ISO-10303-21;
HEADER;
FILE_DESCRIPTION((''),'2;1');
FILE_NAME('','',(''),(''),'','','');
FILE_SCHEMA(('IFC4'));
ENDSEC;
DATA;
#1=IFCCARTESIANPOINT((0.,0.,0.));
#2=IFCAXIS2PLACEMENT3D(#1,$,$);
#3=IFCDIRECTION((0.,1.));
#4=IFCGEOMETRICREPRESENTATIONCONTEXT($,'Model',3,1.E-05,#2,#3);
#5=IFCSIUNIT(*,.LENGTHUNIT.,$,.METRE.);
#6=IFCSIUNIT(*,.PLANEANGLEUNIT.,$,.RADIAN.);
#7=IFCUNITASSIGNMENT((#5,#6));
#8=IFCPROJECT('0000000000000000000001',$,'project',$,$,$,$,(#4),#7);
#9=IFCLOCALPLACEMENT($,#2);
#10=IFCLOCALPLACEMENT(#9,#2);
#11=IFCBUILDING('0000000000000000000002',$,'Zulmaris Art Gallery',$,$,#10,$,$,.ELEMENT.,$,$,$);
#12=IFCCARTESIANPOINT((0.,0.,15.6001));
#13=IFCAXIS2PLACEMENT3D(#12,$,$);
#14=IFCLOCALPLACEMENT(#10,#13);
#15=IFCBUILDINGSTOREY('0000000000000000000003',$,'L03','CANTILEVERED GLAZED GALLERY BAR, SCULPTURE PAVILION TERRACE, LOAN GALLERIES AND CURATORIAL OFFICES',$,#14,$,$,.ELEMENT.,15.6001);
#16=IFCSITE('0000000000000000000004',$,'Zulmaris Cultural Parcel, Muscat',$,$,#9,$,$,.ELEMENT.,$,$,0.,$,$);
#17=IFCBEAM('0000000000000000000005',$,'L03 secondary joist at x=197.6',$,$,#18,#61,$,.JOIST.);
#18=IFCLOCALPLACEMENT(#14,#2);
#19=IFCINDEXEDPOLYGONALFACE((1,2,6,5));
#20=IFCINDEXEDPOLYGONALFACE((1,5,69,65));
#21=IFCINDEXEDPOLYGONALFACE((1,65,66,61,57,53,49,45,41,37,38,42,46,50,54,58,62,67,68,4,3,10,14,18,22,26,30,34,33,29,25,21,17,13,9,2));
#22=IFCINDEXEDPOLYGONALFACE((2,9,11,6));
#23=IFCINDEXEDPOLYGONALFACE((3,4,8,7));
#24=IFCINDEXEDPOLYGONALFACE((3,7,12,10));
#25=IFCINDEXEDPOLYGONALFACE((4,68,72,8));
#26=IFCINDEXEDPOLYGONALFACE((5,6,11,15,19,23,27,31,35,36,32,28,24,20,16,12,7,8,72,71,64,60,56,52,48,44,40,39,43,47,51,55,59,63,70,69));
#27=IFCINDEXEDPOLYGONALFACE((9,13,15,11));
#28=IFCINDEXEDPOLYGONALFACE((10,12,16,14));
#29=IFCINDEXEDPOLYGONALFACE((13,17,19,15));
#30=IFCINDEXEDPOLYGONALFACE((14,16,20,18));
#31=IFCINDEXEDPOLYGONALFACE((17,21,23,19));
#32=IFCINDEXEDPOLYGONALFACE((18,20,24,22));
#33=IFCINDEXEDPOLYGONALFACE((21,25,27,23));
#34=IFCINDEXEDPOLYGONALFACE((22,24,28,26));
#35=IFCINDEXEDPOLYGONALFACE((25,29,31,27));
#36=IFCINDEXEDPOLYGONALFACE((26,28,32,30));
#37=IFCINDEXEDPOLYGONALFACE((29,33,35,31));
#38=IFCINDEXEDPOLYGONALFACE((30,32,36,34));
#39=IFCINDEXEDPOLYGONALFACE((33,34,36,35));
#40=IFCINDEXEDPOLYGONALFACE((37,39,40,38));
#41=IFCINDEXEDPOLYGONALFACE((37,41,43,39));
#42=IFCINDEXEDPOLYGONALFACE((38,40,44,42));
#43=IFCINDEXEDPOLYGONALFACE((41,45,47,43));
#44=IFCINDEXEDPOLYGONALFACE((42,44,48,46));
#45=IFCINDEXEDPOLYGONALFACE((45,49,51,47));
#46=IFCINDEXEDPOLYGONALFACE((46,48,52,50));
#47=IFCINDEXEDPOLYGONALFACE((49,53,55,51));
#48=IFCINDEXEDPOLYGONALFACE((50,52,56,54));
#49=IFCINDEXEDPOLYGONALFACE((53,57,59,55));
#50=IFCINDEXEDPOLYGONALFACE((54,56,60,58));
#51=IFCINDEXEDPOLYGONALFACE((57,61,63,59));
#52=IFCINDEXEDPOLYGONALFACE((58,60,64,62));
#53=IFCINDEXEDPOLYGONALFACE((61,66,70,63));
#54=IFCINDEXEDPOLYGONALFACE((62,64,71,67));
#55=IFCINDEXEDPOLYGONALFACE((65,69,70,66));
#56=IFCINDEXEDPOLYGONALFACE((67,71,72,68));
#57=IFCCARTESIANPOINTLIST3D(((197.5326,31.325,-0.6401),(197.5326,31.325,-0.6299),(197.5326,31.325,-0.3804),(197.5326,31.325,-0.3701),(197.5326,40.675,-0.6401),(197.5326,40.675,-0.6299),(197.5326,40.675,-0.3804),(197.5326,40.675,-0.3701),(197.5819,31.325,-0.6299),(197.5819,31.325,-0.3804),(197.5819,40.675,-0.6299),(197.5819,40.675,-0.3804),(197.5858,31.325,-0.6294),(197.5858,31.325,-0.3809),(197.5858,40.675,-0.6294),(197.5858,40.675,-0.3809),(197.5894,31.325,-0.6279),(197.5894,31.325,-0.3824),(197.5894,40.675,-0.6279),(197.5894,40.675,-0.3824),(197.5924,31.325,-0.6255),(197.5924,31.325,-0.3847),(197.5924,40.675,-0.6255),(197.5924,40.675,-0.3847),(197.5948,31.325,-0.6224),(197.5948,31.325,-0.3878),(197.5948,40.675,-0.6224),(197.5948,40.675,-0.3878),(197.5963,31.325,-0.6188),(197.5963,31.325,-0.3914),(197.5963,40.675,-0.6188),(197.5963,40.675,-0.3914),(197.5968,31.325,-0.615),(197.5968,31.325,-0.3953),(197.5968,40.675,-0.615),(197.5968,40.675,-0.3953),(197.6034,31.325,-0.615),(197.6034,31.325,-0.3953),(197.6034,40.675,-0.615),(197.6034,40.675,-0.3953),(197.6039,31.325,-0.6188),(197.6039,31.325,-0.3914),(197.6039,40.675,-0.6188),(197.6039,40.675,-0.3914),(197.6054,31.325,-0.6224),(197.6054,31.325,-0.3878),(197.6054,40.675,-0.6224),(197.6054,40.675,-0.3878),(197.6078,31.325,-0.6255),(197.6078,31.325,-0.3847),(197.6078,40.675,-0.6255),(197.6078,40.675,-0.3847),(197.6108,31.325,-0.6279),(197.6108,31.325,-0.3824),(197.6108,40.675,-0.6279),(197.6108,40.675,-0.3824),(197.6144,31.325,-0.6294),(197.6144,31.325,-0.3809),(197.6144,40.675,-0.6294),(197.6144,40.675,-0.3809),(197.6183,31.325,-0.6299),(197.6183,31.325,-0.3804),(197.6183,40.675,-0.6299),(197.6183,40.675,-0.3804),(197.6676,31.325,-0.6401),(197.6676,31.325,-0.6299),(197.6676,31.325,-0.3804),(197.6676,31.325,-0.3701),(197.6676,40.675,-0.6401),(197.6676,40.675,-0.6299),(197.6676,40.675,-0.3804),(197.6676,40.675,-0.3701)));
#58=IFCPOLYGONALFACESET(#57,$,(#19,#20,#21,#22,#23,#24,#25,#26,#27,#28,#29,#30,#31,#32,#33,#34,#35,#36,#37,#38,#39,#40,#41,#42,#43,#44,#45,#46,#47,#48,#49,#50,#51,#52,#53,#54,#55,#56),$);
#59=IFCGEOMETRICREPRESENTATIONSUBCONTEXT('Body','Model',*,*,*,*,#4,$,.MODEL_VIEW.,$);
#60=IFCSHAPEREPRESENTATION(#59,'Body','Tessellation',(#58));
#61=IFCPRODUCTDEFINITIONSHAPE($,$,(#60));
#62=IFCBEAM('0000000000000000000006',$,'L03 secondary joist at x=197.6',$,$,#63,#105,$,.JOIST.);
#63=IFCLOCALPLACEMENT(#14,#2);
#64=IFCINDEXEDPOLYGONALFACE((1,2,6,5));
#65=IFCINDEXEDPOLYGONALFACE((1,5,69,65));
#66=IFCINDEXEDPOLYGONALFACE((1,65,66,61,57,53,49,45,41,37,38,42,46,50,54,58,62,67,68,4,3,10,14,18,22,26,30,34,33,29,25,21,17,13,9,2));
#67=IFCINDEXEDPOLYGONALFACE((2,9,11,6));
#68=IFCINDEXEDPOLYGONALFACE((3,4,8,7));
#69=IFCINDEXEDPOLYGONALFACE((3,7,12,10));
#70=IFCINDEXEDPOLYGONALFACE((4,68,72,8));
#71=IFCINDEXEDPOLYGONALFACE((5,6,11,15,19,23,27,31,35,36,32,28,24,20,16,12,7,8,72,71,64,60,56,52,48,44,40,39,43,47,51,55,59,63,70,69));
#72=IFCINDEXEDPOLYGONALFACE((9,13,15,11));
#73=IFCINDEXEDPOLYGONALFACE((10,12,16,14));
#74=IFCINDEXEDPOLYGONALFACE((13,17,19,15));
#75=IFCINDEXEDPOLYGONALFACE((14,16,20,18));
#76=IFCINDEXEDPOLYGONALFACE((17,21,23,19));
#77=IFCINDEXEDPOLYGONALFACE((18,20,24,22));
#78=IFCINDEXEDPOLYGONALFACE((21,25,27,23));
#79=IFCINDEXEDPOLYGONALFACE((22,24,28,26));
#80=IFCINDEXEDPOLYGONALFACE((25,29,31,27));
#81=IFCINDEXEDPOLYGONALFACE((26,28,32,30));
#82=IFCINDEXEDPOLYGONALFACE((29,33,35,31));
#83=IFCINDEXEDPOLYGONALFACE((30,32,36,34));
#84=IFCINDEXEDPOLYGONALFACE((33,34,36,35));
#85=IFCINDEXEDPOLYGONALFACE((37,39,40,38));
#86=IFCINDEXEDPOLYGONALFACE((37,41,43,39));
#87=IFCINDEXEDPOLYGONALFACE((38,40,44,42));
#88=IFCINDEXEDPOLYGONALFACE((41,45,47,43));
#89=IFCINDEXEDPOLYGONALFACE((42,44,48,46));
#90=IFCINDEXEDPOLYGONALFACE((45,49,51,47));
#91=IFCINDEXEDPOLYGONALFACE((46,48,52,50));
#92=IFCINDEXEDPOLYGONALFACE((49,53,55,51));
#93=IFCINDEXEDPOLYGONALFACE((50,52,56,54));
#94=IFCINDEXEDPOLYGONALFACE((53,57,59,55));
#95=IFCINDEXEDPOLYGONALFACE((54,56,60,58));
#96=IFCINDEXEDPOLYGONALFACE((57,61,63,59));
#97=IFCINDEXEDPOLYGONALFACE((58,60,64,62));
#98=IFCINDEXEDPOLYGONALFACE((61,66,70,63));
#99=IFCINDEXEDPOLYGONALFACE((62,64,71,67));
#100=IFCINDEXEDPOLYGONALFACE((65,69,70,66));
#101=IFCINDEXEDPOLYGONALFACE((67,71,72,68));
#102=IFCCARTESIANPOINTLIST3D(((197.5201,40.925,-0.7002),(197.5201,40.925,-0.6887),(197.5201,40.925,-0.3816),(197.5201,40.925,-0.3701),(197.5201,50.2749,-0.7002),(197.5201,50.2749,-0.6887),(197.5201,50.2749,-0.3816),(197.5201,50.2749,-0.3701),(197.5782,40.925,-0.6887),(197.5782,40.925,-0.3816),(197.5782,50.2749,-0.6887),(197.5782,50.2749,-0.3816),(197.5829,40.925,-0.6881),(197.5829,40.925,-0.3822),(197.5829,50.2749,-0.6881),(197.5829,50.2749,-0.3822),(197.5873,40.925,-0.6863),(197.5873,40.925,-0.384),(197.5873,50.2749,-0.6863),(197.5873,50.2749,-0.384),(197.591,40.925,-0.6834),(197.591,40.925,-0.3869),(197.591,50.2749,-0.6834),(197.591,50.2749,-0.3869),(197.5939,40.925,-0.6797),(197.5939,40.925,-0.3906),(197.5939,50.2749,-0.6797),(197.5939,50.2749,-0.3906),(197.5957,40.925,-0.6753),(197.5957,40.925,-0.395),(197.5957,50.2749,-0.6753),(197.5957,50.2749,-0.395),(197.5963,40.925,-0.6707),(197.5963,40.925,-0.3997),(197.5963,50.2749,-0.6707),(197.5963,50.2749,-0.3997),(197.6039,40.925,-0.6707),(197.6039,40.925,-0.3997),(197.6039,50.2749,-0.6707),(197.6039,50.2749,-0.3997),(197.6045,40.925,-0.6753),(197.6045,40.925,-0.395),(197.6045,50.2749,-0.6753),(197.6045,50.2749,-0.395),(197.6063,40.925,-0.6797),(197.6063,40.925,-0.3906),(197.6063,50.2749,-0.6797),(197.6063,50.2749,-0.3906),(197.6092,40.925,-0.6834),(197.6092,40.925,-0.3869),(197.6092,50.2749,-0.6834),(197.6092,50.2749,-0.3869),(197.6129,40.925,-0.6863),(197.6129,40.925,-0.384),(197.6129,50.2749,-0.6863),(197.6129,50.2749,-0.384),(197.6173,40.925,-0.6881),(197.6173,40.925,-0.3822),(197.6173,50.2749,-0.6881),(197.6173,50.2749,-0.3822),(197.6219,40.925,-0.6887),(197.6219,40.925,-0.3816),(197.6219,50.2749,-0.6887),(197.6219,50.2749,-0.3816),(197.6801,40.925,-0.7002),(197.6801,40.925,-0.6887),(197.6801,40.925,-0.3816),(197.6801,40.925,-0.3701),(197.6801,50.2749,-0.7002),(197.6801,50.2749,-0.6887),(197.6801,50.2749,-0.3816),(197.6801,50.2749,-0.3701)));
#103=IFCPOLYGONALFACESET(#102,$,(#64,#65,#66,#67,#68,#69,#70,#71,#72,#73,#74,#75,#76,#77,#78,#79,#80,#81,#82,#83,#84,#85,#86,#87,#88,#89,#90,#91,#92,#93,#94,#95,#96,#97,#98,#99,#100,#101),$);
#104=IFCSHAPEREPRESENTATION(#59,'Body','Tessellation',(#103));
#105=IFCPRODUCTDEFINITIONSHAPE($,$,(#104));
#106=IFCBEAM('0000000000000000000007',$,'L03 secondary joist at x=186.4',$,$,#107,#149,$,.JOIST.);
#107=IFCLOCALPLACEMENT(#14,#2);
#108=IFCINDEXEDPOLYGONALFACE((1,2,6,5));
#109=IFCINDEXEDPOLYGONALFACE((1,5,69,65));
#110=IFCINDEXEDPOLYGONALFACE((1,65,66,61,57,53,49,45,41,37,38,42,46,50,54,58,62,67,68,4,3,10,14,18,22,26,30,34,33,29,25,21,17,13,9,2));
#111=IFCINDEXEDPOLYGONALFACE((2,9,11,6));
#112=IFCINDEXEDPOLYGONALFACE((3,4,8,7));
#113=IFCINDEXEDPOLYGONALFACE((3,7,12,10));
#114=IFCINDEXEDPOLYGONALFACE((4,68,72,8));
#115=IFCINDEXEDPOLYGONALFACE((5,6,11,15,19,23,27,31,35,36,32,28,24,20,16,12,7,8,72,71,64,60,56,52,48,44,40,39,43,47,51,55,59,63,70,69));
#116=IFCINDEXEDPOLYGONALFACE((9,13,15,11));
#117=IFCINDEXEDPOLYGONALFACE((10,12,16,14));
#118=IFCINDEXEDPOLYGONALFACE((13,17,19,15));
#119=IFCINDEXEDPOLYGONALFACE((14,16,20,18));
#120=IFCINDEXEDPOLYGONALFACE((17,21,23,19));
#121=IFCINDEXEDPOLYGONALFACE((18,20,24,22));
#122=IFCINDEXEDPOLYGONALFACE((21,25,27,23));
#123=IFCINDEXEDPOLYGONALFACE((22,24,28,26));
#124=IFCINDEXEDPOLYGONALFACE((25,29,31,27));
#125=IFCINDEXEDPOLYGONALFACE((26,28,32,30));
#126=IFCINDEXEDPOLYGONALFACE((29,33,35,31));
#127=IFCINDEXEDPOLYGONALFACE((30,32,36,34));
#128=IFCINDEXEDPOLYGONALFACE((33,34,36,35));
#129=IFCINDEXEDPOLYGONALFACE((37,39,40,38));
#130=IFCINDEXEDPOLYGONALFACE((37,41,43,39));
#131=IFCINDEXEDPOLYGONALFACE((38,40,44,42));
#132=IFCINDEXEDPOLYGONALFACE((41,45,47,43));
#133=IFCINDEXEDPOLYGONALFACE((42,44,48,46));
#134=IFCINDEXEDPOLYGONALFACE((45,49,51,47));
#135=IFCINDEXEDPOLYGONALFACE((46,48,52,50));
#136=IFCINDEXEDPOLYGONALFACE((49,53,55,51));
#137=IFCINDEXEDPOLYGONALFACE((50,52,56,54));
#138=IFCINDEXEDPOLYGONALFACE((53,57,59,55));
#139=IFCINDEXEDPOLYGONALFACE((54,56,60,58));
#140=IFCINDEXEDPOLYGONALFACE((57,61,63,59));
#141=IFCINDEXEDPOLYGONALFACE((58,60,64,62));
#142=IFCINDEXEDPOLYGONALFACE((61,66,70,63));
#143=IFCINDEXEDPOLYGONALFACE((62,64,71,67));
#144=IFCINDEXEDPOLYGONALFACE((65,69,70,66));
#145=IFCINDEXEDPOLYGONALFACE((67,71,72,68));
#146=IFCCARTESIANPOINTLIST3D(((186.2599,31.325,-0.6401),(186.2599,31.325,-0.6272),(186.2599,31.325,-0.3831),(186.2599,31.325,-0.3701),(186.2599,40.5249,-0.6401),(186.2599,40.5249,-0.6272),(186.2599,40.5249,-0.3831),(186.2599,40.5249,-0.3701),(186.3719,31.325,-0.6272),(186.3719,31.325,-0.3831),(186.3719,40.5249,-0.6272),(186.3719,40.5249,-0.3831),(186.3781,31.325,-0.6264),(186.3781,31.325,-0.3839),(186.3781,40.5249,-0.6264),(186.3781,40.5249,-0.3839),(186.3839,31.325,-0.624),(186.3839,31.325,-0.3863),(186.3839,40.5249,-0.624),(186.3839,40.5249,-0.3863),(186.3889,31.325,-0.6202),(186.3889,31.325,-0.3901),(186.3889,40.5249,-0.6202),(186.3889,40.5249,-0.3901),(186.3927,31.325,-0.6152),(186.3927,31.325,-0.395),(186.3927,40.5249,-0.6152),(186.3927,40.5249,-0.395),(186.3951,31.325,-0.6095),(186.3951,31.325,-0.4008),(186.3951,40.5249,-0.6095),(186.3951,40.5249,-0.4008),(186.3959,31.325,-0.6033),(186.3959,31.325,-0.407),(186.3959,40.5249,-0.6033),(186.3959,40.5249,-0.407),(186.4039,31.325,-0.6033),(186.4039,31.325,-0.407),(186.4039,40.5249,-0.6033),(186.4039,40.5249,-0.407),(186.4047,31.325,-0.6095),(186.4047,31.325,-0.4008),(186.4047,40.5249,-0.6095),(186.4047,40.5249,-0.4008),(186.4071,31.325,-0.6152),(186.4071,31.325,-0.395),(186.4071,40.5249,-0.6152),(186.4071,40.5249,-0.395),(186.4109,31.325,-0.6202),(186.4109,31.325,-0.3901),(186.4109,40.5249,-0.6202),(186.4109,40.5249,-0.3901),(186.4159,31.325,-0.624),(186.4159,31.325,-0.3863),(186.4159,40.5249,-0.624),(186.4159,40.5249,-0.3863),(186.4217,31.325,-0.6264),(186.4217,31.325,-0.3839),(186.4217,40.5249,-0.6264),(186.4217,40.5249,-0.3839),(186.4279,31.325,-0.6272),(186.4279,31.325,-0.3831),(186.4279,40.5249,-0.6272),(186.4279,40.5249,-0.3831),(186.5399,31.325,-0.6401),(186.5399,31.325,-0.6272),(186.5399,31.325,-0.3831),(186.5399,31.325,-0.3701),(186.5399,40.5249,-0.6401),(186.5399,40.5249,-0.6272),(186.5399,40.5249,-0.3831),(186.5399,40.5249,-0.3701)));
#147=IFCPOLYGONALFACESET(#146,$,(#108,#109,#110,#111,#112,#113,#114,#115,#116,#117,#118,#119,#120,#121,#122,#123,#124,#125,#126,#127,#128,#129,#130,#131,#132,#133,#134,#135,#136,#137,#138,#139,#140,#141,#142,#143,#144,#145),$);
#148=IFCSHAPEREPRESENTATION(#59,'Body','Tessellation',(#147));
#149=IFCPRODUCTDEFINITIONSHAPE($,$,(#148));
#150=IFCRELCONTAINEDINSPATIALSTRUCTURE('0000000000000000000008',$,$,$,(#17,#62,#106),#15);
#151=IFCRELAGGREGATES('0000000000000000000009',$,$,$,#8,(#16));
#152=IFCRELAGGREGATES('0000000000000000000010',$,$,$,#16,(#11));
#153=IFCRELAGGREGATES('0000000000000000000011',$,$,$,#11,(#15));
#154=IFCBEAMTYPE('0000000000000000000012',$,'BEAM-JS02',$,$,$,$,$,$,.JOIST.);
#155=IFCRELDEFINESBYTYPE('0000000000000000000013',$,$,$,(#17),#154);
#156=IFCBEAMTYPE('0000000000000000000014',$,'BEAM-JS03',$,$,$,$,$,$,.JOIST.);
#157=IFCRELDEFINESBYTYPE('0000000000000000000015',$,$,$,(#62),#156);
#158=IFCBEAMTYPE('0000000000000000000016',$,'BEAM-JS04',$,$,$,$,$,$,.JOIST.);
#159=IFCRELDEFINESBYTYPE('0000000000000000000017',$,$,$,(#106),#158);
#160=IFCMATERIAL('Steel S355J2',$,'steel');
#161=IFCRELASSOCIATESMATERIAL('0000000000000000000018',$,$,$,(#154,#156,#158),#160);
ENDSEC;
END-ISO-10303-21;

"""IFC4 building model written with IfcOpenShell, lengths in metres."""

from ifc_helpers import new_model, si_unit, direction, frame, origin, origin_2d, place, context, subcontext, project, spatial, i_section, extrude, material, material_profile, profile_set, type_object, element, save


model = new_model("IFC4")

# Units and contexts
model_context = context("Model", 3, precision=1e-05, world=origin(), true_north=direction((0.0, 1.0)))
body_context = subcontext(model_context, "Body", "Model", "MODEL_VIEW")
ifc_project = project(units=[si_unit("LENGTHUNIT", "METRE"), si_unit("PLANEANGLEUNIT", "RADIAN")], contexts=[model_context])

# Site, building, storey
site_placement = place(None, origin())
site = spatial("IfcSite", under=ifc_project, at=site_placement, Name="Zulmaris Cultural Parcel, Muscat", CompositionType="ELEMENT", RefElevation=0.0)
building_placement = place(site_placement, origin())
building = spatial("IfcBuilding", under=site, at=building_placement, Name="Zulmaris Art Gallery", CompositionType="ELEMENT")
storey_placement = place(building_placement, frame((0.0, 0.0, 15.6001)))
storey = spatial("IfcBuildingStorey", under=building, at=storey_placement, Name="L03", Description="CANTILEVERED GLAZED GALLERY BAR, SCULPTURE PAVILION TERRACE, LOAN GALLERIES AND CURATORIAL OFFICES", CompositionType="ELEMENT", Elevation=15.6001)

# Beams
ifc_material_1 = material(Name="Steel S355J2", Category="steel")
ifc_material_profile_1 = material_profile(ifc_material_1, i_section(OverallWidth=0.135, OverallDepth=0.27, WebThickness=0.0066, FlangeThickness=0.0103, FilletRadius=0.0149, at=origin_2d()), Name="IPE 270")
ifc_profile_set_1 = profile_set([ifc_material_profile_1], Name="Steel S355J2")
beam_type_1 = type_object("IfcBeamType", Name="BEAM-JS02", PredefinedType="JOIST", material=ifc_profile_set_1)
beam_1_placement = place(storey_placement, frame((197.6001, 31.325, -0.5051), z_axis=(0.0, 1.0, 0.0), x_axis=(-1.0, 0.0, 0.0)))
element("IfcBeam", 1, at=beam_1_placement, inside=storey, type_object=beam_type_1, Name="L03 secondary joist at x=197.6", PredefinedType="JOIST", context=body_context, shape_type="SweptSolid", body=[
    extrude(i_section(OverallWidth=0.135, OverallDepth=0.27, WebThickness=0.0066, FlangeThickness=0.0103, FilletRadius=0.0149, at=origin_2d()), origin(), (0.0, 0.0, 1.0), 9.3501),
])
ifc_material_profile_2 = material_profile(ifc_material_1, i_section(OverallWidth=0.1599, OverallDepth=0.3301, WebThickness=0.0076, FlangeThickness=0.0115, FilletRadius=0.0181, at=origin_2d()), Name="IPE 330")
ifc_profile_set_2 = profile_set([ifc_material_profile_2], Name="Steel S355J2")
beam_type_2 = type_object("IfcBeamType", Name="BEAM-JS03", PredefinedType="JOIST", material=ifc_profile_set_2)
beam_2_placement = place(storey_placement, frame((197.6001, 40.925, -0.5352), z_axis=(0.0, 1.0, 0.0), x_axis=(-1.0, 0.0, 0.0)))
element("IfcBeam", 2, at=beam_2_placement, inside=storey, type_object=beam_type_2, Name="L03 secondary joist at x=197.6", PredefinedType="JOIST", context=body_context, shape_type="SweptSolid", body=[
    extrude(i_section(OverallWidth=0.1599, OverallDepth=0.3301, WebThickness=0.0076, FlangeThickness=0.0115, FilletRadius=0.0181, at=origin_2d()), origin(), (0.0, 0.0, 1.0), 9.3499),
])
ifc_material_profile_3 = material_profile(ifc_material_1, i_section(OverallWidth=0.28, OverallDepth=0.27, WebThickness=0.0081, FlangeThickness=0.0129, FilletRadius=0.0239, at=origin_2d()), Name="HEA 280")
ifc_profile_set_3 = profile_set([ifc_material_profile_3], Name="Steel S355J2")
beam_type_3 = type_object("IfcBeamType", Name="BEAM-JS04", PredefinedType="JOIST", material=ifc_profile_set_3)
beam_3_placement = place(storey_placement, frame((186.3999, 31.325, -0.5051), z_axis=(0.0, 1.0, 0.0), x_axis=(-1.0, 0.0, 0.0)))
element("IfcBeam", 3, at=beam_3_placement, inside=storey, type_object=beam_type_3, Name="L03 secondary joist at x=186.4", PredefinedType="JOIST", context=body_context, shape_type="SweptSolid", body=[
    extrude(i_section(OverallWidth=0.28, OverallDepth=0.27, WebThickness=0.0081, FlangeThickness=0.0129, FilletRadius=0.0239, at=origin_2d()), origin(), (0.0, 0.0, 1.0), 9.2),
])

save(model, "model.ifc")
